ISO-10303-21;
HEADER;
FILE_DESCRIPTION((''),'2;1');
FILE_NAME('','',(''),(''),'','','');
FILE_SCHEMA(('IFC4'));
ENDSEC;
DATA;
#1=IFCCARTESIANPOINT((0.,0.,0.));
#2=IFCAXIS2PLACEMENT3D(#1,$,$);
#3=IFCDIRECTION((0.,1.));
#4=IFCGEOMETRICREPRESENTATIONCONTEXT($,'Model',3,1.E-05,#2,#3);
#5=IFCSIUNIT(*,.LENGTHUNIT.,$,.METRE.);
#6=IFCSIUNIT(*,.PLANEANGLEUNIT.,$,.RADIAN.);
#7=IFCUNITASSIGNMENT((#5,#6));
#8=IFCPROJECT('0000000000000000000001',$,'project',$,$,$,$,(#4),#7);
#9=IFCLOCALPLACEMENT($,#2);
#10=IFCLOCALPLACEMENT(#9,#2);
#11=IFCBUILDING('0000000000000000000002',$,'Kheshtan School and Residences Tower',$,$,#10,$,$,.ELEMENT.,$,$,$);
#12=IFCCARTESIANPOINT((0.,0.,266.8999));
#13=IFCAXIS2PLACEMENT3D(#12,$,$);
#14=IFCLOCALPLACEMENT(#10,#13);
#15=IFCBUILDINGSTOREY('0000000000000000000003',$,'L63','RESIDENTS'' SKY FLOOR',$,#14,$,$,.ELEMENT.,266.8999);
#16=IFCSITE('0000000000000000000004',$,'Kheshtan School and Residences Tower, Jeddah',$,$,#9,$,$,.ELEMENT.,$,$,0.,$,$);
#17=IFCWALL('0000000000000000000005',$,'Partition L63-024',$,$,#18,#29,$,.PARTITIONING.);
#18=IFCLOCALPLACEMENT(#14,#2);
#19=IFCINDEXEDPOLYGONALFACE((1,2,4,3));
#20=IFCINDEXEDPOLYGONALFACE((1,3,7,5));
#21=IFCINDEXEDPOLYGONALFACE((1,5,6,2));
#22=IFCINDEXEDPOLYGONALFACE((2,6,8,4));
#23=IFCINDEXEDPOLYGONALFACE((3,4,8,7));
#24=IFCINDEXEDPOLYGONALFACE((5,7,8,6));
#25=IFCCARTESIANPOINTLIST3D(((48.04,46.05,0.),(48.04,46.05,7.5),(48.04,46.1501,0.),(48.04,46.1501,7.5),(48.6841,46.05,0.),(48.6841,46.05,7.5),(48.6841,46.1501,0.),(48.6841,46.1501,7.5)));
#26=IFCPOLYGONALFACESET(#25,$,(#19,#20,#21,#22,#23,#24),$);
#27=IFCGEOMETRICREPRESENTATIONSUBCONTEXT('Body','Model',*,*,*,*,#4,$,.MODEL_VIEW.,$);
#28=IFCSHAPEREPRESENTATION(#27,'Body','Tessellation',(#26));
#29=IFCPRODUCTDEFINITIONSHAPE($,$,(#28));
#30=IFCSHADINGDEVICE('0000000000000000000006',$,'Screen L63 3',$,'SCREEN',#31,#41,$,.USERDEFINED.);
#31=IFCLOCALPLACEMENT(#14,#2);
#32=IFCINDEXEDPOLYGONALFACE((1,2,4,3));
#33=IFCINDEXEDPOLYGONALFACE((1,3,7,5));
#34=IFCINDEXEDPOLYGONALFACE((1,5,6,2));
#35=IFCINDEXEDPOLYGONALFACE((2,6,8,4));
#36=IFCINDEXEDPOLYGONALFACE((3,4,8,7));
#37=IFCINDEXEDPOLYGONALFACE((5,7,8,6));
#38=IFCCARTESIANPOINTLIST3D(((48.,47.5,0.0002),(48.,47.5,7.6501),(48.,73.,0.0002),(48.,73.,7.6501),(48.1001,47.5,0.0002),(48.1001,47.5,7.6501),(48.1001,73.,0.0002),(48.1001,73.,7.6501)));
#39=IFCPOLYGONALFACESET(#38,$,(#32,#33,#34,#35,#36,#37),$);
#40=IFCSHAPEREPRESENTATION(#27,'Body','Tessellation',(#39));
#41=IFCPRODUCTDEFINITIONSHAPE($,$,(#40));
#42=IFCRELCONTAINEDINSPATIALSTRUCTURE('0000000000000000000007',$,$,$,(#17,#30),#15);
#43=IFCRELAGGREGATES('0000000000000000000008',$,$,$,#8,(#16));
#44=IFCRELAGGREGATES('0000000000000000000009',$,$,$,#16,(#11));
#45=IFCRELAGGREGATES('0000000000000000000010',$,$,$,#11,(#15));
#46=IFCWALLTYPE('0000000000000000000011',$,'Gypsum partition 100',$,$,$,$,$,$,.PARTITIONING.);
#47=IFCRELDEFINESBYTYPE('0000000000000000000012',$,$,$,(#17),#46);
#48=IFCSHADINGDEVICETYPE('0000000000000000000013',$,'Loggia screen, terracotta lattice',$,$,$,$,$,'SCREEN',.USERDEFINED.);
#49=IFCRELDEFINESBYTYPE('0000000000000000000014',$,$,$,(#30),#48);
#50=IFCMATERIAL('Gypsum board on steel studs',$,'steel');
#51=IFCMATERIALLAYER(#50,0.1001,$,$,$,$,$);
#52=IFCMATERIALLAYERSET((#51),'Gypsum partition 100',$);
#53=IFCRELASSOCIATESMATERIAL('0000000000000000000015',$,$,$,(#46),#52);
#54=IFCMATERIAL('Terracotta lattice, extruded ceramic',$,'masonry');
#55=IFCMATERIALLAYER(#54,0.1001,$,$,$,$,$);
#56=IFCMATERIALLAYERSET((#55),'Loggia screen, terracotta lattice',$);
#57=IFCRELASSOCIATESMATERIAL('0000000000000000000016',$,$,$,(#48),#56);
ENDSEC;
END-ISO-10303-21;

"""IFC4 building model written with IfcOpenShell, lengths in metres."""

from ifc_helpers import new_model, si_unit, direction, frame, frame_2d, origin, origin_2d, place, context, subcontext, project, spatial, rectangle, extrude, material, layer, layer_set, type_object, element, save


model = new_model("IFC4")

# Units and contexts
model_context = context("Model", 3, precision=1e-05, world=origin(), true_north=direction((0.0, 1.0)))
body_context = subcontext(model_context, "Body", "Model", "MODEL_VIEW")
ifc_project = project(units=[si_unit("LENGTHUNIT", "METRE"), si_unit("PLANEANGLEUNIT", "RADIAN")], contexts=[model_context])

# Site, building, storey
site_placement = place(None, origin())
site = spatial("IfcSite", under=ifc_project, at=site_placement, Name="Kheshtan School and Residences Tower, Jeddah", CompositionType="ELEMENT", RefElevation=0.0)
building_placement = place(site_placement, origin())
building = spatial("IfcBuilding", under=site, at=building_placement, Name="Kheshtan School and Residences Tower", CompositionType="ELEMENT")
storey_placement = place(building_placement, frame((0.0, 0.0, 266.8999)))
storey = spatial("IfcBuildingStorey", under=building, at=storey_placement, Name="L63", Description="RESIDENTS' SKY FLOOR", CompositionType="ELEMENT", Elevation=266.8999)

# Wall
ifc_material_1 = material(Name="Gypsum board on steel studs", Category="steel")
ifc_layer_1 = layer(ifc_material_1, 0.1001)
ifc_layer_set_1 = layer_set([ifc_layer_1], Name="Gypsum partition 100")
wall_type = type_object("IfcWallType", Name="Gypsum partition 100", PredefinedType="PARTITIONING", material=ifc_layer_set_1)
wall_placement = place(storey_placement, frame((48.04, 46.1001, 0.0), z_axis=(0.0, 0.0, 1.0), x_axis=(1.0, 0.0, 0.0)))
element("IfcWall", 1, at=wall_placement, inside=storey, type_object=wall_type, Name="Partition L63-024", PredefinedType="PARTITIONING", context=body_context, shape_type="SweptSolid", body=[
    extrude(rectangle(XDim=0.644, YDim=0.1001, at=frame_2d((0.322, 0.0))), origin(), (0.0, 0.0, 1.0), 7.5),
])

# Shading device
ifc_material_2 = material(Name="Terracotta lattice, extruded ceramic", Category="masonry")
ifc_layer_2 = layer(ifc_material_2, 0.1001)
ifc_layer_set_2 = layer_set([ifc_layer_2], Name="Loggia screen, terracotta lattice")
shading_device_type = type_object("IfcShadingDeviceType", Name="Loggia screen, terracotta lattice", ElementType="SCREEN", PredefinedType="USERDEFINED", material=ifc_layer_set_2)
shading_device_placement = place(storey_placement, frame((48.05, 60.25, 0.0002), z_axis=(0.0, 0.0, 1.0), x_axis=(0.0, -1.0, 0.0)))
element("IfcShadingDevice", 2, at=shading_device_placement, inside=storey, type_object=shading_device_type, Name="Screen L63 3", ObjectType="SCREEN", PredefinedType="USERDEFINED", context=body_context, shape_type="SweptSolid", body=[
    extrude(rectangle(XDim=25.5, YDim=0.1001, at=origin_2d()), origin(), (0.0, 0.0, 1.0), 7.6499),
])

save(model, "model.ifc")
